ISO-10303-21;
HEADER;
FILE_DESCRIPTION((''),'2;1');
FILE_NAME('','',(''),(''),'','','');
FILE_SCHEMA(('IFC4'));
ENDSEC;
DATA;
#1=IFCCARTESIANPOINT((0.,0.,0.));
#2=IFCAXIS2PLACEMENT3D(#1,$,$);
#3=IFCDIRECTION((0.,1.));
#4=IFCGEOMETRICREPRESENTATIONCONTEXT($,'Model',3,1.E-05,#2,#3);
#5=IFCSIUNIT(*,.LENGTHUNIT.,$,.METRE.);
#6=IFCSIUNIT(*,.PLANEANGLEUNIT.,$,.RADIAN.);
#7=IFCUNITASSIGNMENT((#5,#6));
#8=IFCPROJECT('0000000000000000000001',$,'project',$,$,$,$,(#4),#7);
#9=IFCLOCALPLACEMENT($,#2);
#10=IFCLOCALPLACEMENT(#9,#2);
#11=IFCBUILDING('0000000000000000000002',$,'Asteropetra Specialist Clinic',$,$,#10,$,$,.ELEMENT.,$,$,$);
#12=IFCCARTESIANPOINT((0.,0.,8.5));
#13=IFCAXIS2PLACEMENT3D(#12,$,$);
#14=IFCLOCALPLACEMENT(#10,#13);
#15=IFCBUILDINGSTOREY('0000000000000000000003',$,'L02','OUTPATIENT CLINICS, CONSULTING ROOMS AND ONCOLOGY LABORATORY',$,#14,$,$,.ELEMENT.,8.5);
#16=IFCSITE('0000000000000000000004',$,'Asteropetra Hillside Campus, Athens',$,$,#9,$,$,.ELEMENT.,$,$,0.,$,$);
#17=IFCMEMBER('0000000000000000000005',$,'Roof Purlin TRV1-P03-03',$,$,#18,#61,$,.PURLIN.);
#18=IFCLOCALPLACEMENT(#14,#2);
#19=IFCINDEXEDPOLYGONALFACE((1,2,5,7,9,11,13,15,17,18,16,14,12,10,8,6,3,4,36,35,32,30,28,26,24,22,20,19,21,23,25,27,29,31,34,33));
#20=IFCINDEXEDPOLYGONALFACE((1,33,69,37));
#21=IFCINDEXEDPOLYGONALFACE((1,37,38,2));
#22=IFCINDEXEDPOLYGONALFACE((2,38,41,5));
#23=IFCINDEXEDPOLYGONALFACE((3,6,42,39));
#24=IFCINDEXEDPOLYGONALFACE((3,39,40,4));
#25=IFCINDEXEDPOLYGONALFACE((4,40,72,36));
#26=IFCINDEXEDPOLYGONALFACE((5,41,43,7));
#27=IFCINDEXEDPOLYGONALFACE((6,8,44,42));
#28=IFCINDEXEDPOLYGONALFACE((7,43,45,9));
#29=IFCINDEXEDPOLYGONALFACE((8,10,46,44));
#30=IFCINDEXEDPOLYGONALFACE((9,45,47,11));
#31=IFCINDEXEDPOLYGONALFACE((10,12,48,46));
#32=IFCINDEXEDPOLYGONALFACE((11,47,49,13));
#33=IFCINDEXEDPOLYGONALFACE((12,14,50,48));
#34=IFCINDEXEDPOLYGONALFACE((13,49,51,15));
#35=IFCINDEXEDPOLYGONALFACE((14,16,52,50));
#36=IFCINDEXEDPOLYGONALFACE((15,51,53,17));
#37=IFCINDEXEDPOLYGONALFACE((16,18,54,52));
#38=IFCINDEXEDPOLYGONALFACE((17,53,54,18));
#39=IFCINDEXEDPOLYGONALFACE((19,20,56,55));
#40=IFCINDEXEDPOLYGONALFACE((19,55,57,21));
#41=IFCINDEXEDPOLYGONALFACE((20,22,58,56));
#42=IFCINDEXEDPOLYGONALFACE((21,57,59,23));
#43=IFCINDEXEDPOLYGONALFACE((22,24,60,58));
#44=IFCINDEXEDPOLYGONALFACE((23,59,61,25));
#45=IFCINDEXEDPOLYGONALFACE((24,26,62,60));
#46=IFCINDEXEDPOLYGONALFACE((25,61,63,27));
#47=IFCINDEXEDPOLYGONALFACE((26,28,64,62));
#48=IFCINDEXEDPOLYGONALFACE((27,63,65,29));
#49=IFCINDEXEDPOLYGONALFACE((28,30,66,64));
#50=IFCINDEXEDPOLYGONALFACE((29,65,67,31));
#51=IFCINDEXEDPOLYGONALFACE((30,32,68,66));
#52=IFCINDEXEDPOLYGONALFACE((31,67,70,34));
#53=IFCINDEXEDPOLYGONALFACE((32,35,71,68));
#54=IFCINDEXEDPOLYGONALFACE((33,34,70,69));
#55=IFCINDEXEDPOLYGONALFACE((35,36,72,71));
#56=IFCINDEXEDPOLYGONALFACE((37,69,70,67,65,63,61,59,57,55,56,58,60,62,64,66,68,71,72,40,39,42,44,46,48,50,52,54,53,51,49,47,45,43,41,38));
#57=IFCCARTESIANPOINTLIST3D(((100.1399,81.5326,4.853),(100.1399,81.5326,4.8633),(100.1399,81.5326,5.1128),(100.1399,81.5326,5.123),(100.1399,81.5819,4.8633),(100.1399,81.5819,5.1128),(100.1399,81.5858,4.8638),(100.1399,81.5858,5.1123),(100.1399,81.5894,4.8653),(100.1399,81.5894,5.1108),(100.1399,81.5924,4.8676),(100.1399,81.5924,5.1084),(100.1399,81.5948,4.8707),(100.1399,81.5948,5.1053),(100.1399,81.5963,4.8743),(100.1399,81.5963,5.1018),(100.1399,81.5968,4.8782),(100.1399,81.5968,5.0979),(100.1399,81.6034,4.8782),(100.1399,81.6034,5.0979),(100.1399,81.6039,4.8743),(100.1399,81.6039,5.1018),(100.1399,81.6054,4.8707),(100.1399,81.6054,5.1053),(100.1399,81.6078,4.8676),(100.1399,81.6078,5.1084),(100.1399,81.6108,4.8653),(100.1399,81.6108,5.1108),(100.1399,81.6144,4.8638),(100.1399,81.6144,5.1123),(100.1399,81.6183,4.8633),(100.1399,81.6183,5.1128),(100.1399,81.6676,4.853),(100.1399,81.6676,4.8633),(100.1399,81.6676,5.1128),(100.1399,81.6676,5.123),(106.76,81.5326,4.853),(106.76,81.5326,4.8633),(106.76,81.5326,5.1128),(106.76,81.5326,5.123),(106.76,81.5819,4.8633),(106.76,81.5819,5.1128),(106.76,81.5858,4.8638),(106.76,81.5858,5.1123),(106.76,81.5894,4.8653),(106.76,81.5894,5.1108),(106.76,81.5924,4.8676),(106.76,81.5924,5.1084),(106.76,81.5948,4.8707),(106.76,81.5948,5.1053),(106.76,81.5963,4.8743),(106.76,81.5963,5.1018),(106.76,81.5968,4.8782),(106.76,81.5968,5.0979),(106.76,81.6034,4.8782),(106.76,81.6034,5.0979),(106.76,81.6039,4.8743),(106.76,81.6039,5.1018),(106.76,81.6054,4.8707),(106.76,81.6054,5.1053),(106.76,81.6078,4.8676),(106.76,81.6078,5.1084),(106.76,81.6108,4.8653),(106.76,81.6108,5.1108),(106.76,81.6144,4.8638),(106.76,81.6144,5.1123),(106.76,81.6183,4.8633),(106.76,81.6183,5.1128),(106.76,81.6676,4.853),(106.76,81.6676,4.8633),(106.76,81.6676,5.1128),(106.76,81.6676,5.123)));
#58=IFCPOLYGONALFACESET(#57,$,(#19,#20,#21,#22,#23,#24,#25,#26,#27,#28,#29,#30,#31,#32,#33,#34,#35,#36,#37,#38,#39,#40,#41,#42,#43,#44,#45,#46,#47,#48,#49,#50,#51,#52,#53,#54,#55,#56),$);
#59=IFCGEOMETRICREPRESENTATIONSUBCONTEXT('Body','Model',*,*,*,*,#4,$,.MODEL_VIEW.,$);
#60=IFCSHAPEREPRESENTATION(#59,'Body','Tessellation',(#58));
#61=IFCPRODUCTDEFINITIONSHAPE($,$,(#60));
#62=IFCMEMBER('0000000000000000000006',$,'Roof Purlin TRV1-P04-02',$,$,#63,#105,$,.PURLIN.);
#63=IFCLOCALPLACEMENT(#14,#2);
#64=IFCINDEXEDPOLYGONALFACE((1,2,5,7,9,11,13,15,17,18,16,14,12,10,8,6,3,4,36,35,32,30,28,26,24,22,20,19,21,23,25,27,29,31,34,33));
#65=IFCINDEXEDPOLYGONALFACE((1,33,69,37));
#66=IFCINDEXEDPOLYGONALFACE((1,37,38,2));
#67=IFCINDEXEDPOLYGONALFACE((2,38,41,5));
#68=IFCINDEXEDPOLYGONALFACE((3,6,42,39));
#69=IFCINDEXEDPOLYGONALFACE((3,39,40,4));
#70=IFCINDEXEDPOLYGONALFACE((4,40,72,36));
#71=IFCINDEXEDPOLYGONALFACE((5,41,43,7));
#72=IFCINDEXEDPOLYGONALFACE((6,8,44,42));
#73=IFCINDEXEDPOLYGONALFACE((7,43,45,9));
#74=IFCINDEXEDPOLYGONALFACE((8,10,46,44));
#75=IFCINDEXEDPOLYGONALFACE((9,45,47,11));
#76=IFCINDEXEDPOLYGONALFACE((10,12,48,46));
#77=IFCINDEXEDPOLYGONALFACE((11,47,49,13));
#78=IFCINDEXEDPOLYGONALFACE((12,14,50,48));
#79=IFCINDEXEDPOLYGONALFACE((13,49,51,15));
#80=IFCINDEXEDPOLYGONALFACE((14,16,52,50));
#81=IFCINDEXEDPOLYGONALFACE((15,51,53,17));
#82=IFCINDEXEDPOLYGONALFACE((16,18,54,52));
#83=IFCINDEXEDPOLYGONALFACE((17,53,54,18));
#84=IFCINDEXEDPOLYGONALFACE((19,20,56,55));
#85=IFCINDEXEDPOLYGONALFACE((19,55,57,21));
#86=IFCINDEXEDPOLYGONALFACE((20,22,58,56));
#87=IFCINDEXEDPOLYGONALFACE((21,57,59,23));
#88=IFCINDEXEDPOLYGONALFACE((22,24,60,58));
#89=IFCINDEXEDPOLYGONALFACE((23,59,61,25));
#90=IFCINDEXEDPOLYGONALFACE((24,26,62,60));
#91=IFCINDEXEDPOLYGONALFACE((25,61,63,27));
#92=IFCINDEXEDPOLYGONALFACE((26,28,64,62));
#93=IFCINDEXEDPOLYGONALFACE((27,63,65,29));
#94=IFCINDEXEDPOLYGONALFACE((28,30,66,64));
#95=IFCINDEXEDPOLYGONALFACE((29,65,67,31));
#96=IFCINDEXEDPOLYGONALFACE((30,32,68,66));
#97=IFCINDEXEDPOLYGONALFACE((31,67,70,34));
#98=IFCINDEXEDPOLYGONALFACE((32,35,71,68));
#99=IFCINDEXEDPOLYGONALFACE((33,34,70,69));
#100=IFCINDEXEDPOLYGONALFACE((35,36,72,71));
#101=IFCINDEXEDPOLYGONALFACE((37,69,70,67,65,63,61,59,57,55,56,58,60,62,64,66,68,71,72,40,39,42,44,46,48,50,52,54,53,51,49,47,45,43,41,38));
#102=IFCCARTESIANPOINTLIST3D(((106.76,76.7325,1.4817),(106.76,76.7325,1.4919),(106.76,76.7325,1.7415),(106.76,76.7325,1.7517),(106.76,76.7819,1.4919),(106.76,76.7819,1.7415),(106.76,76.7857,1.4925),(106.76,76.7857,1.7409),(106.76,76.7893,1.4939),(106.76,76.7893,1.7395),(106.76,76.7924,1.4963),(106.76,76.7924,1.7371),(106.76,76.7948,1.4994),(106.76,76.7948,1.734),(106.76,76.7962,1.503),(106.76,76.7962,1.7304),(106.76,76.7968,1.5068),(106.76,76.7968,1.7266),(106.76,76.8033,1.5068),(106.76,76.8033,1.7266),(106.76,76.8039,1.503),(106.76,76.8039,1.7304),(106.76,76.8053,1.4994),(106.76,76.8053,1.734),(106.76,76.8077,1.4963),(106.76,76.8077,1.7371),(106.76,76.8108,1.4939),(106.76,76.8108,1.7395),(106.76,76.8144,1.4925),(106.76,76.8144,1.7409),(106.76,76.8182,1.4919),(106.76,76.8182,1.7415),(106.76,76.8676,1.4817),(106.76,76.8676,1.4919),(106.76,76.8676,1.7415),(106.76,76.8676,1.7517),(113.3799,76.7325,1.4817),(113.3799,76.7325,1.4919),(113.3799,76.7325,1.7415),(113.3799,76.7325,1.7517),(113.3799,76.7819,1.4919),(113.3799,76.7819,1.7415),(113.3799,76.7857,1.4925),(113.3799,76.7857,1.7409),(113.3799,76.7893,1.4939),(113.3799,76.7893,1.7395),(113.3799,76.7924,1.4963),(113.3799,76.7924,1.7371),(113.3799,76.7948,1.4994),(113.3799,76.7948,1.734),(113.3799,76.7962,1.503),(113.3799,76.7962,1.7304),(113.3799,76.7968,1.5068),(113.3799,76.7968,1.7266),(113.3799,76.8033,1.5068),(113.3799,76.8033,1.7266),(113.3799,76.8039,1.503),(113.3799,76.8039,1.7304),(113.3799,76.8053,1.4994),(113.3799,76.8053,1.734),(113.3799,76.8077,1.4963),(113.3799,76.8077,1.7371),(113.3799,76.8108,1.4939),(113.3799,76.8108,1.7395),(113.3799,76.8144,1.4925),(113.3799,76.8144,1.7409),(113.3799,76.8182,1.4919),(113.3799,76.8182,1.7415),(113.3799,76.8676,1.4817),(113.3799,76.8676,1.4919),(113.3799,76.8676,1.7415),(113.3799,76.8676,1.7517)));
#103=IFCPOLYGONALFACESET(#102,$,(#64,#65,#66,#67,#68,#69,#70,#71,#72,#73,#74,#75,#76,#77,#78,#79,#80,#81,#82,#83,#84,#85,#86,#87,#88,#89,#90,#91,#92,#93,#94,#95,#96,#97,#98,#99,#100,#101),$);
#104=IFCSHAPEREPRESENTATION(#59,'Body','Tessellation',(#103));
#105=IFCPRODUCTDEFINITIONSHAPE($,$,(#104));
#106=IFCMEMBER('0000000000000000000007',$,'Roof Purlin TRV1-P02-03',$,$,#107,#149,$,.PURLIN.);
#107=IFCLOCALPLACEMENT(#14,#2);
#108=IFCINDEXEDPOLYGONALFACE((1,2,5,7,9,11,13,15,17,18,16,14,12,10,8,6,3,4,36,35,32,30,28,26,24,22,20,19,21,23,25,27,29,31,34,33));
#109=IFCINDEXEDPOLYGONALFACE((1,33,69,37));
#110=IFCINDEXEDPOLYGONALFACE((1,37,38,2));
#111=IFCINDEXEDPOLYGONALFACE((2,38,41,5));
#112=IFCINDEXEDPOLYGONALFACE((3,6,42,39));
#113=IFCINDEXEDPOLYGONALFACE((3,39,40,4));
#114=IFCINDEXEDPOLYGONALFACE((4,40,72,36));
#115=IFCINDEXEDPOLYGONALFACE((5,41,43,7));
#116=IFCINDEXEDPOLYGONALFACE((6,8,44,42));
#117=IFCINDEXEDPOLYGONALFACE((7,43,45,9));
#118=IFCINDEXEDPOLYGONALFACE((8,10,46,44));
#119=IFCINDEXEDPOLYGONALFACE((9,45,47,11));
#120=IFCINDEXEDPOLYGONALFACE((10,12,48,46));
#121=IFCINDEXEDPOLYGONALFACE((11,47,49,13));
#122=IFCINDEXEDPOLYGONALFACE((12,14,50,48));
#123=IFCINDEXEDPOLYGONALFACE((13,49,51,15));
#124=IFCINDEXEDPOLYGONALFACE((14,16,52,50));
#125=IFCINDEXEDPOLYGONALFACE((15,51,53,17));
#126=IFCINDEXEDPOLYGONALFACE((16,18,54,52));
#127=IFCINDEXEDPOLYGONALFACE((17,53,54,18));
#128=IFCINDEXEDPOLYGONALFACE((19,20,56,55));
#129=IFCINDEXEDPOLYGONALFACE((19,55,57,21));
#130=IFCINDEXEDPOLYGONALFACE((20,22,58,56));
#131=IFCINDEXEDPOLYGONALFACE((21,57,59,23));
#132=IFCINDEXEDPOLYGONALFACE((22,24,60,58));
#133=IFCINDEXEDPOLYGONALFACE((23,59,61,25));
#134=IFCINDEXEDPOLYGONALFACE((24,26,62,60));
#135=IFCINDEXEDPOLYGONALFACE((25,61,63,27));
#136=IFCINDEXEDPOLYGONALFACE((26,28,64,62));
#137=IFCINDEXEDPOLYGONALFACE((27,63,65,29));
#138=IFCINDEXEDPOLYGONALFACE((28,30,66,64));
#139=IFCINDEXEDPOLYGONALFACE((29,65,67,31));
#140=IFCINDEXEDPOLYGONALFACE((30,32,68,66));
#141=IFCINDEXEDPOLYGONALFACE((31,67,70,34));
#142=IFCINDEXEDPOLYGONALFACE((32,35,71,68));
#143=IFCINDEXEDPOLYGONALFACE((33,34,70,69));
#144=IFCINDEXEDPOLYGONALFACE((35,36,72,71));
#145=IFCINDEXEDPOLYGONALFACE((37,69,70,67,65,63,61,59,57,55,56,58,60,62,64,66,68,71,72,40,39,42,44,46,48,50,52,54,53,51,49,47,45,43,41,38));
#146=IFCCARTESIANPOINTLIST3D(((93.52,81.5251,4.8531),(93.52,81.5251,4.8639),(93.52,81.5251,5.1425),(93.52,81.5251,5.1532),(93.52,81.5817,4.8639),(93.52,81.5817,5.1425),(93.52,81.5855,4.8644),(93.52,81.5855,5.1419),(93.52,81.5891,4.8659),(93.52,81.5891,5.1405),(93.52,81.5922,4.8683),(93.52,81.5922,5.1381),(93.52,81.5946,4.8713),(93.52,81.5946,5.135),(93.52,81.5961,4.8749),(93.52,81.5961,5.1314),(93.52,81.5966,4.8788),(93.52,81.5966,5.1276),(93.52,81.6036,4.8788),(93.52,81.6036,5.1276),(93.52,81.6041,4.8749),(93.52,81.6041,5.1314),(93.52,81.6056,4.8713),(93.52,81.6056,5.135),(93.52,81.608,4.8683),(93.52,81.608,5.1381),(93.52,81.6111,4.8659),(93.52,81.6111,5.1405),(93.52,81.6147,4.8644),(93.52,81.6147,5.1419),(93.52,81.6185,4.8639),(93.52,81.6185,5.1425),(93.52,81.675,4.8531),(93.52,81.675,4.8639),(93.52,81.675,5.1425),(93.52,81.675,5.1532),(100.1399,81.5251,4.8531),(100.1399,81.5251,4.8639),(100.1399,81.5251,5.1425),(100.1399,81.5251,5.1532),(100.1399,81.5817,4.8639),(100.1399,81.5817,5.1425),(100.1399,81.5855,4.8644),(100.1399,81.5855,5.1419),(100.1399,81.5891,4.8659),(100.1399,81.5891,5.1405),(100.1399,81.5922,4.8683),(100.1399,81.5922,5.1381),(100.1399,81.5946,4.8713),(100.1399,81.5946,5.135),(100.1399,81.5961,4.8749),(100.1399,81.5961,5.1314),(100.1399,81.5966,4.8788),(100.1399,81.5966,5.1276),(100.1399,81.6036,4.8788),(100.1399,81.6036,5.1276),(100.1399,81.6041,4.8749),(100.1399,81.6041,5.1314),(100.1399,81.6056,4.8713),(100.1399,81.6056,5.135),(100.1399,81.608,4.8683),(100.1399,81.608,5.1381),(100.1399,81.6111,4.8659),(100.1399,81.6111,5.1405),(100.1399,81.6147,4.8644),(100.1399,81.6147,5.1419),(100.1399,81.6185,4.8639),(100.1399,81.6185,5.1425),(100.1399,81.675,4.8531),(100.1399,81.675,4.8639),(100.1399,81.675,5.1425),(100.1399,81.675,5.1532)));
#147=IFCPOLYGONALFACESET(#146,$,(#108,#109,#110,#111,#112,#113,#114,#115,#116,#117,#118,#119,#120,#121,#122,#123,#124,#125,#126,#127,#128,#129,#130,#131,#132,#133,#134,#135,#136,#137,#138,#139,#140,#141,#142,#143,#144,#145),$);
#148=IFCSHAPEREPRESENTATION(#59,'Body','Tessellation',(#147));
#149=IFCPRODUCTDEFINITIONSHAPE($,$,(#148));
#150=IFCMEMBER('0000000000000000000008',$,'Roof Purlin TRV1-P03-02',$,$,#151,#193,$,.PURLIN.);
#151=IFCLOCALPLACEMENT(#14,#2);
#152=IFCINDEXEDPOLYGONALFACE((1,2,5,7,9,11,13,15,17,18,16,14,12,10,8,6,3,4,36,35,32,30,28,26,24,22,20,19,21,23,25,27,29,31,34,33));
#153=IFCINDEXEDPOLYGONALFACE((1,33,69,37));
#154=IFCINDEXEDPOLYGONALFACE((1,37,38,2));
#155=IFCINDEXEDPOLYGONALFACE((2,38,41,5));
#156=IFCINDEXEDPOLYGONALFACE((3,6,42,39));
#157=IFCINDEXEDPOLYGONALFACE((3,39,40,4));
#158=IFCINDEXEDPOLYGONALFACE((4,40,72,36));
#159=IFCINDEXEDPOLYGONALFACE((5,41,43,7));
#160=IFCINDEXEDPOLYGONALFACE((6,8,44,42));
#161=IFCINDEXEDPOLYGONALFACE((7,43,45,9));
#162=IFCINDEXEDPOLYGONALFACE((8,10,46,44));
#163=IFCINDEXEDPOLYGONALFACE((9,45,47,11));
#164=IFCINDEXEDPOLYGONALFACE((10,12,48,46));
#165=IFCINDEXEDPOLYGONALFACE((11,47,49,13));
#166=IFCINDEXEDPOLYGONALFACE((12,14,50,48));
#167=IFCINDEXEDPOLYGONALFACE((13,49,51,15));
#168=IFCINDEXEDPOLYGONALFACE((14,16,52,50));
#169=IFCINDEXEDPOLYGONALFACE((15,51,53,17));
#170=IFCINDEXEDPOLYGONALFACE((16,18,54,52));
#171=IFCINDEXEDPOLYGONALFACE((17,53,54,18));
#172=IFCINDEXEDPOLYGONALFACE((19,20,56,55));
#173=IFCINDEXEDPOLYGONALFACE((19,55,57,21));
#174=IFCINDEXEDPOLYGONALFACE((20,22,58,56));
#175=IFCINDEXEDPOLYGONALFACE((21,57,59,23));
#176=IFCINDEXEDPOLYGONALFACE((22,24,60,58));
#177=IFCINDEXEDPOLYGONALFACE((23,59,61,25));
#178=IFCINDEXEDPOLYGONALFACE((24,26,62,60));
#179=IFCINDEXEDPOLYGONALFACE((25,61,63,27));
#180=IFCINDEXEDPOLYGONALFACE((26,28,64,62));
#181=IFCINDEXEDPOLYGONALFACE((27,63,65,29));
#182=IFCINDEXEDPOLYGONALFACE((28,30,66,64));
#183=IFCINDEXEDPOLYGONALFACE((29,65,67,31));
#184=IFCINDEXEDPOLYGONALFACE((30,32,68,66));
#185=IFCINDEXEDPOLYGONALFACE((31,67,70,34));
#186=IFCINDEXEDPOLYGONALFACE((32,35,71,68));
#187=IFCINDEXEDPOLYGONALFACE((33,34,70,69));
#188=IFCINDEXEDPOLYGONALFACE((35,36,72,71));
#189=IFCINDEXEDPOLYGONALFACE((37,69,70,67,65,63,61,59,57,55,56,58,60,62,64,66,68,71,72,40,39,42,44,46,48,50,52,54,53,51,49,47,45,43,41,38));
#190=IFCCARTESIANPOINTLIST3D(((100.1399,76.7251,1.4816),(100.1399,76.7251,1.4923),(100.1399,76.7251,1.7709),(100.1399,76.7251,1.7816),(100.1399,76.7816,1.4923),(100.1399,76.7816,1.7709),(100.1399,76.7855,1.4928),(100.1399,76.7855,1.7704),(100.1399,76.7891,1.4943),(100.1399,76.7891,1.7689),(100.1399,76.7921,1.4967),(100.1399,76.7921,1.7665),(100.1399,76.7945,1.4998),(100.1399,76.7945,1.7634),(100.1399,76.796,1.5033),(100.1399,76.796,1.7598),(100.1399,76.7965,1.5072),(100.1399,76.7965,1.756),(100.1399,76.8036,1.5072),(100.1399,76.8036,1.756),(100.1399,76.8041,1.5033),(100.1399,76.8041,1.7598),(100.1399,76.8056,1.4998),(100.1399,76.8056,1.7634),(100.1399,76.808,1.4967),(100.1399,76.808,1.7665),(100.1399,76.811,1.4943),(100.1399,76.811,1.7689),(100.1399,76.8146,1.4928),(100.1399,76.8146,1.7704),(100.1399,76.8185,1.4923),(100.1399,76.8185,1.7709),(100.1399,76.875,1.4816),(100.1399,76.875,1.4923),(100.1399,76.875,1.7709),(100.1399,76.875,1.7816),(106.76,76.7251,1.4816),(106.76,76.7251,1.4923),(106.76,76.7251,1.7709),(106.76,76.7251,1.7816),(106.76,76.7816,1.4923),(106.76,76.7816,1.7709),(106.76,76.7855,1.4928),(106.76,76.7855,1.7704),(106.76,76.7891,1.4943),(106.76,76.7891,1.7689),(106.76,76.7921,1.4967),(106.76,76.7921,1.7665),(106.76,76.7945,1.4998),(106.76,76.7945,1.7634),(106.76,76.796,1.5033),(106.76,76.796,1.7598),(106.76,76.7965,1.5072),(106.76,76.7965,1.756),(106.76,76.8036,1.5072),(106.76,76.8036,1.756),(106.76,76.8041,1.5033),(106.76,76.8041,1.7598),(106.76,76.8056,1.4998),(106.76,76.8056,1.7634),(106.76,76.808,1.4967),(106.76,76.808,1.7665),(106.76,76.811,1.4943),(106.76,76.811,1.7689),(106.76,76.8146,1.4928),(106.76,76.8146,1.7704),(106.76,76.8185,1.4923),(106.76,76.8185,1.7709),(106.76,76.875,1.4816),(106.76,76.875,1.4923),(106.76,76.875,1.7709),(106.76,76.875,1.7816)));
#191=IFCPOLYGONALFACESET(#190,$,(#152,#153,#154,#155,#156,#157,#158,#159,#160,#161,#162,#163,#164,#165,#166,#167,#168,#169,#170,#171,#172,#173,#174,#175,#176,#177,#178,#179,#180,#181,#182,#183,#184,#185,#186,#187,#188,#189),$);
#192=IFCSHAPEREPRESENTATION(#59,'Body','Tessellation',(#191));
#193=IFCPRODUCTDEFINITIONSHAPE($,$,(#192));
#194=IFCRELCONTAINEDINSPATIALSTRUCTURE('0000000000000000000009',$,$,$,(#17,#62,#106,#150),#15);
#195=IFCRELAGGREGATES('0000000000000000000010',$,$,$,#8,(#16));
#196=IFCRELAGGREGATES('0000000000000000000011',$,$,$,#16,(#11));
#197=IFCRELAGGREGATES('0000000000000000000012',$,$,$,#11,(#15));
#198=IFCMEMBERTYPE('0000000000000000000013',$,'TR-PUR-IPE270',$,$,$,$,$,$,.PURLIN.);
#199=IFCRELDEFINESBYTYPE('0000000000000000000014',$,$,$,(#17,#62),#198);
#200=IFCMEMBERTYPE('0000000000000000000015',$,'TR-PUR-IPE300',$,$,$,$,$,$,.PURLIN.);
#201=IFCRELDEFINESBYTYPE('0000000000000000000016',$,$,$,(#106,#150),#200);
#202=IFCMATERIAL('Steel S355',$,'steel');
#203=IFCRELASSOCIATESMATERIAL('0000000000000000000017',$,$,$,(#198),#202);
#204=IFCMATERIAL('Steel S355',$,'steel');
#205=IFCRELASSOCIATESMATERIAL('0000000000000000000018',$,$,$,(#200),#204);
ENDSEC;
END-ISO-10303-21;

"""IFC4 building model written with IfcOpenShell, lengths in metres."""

from ifc_helpers import new_model, si_unit, direction, frame, origin, origin_2d, place, context, subcontext, project, spatial, i_section, extrude, material, material_profile, profile_set, type_object, element, save


model = new_model("IFC4")

# Units and contexts
model_context = context("Model", 3, precision=1e-05, world=origin(), true_north=direction((0.0, 1.0)))
body_context = subcontext(model_context, "Body", "Model", "MODEL_VIEW")
ifc_project = project(units=[si_unit("LENGTHUNIT", "METRE"), si_unit("PLANEANGLEUNIT", "RADIAN")], contexts=[model_context])

# Site, building, storey
site_placement = place(None, origin())
site = spatial("IfcSite", under=ifc_project, at=site_placement, Name="Asteropetra Hillside Campus, Athens", CompositionType="ELEMENT", RefElevation=0.0)
building_placement = place(site_placement, origin())
building = spatial("IfcBuilding", under=site, at=building_placement, Name="Asteropetra Specialist Clinic", CompositionType="ELEMENT")
storey_placement = place(building_placement, frame((0.0, 0.0, 8.5)))
storey = spatial("IfcBuildingStorey", under=building, at=storey_placement, Name="L02", Description="OUTPATIENT CLINICS, CONSULTING ROOMS AND ONCOLOGY LABORATORY", CompositionType="ELEMENT", Elevation=8.5)

# Members
ifc_material_1 = material(Name="Steel S355", Category="steel")
ifc_material_profile_1 = material_profile(ifc_material_1, i_section(OverallWidth=0.135, OverallDepth=0.27, WebThickness=0.0066, FlangeThickness=0.0103, FilletRadius=0.0149, at=origin_2d()), Name="IPE 270")
ifc_profile_set_1 = profile_set([ifc_material_profile_1], Name="Steel S355")
member_type_1 = type_object("IfcMemberType", Name="TR-PUR-IPE270", PredefinedType="PURLIN", material=ifc_profile_set_1)
member_1_placement = place(storey_placement, frame((100.1399, 81.6001, 4.988), z_axis=(1.0, 0.0, 0.0), x_axis=(0.0, 1.0, 0.0)))
element("IfcMember", 1, at=member_1_placement, inside=storey, type_object=member_type_1, Name="Roof Purlin TRV1-P03-03", PredefinedType="PURLIN", context=body_context, shape_type="SweptSolid", body=[
    extrude(i_section(OverallWidth=0.135, OverallDepth=0.27, WebThickness=0.0066, FlangeThickness=0.0103, FilletRadius=0.0149, at=origin_2d()), origin(), (0.0, 0.0, 1.0), 6.6201),
])
member_2_placement = place(storey_placement, frame((106.76, 76.8, 1.6167), z_axis=(1.0, 0.0, 0.0), x_axis=(0.0, 1.0, 0.0)))
element("IfcMember", 2, at=member_2_placement, inside=storey, type_object=member_type_1, Name="Roof Purlin TRV1-P04-02", PredefinedType="PURLIN", context=body_context, shape_type="SweptSolid", body=[
    extrude(i_section(OverallWidth=0.135, OverallDepth=0.27, WebThickness=0.0066, FlangeThickness=0.0103, FilletRadius=0.0149, at=origin_2d()), origin(), (0.0, 0.0, 1.0), 6.6199),
])
ifc_material_2 = material(Name="Steel S355", Category="steel")
ifc_material_profile_2 = material_profile(ifc_material_2, i_section(OverallWidth=0.1499, OverallDepth=0.3, WebThickness=0.0071, FlangeThickness=0.0107, FilletRadius=0.0149, at=origin_2d()), Name="IPE 300")
ifc_profile_set_2 = profile_set([ifc_material_profile_2], Name="Steel S355")
member_type_2 = type_object("IfcMemberType", Name="TR-PUR-IPE300", PredefinedType="PURLIN", material=ifc_profile_set_2)
member_3_placement = place(storey_placement, frame((93.52, 81.6001, 5.0032), z_axis=(1.0, 0.0, 0.0), x_axis=(0.0, 1.0, 0.0)))
element("IfcMember", 3, at=member_3_placement, inside=storey, type_object=member_type_2, Name="Roof Purlin TRV1-P02-03", PredefinedType="PURLIN", context=body_context, shape_type="SweptSolid", body=[
    extrude(i_section(OverallWidth=0.1499, OverallDepth=0.3, WebThickness=0.0071, FlangeThickness=0.0107, FilletRadius=0.0149, at=origin_2d()), origin(), (0.0, 0.0, 1.0), 6.6199),
])
member_4_placement = place(storey_placement, frame((100.1399, 76.8, 1.6316), z_axis=(1.0, 0.0, 0.0), x_axis=(0.0, 1.0, 0.0)))
element("IfcMember", 4, at=member_4_placement, inside=storey, type_object=member_type_2, Name="Roof Purlin TRV1-P03-02", PredefinedType="PURLIN", context=body_context, shape_type="SweptSolid", body=[
    extrude(i_section(OverallWidth=0.1499, OverallDepth=0.3, WebThickness=0.0071, FlangeThickness=0.0107, FilletRadius=0.0149, at=origin_2d()), origin(), (0.0, 0.0, 1.0), 6.6201),
])

save(model, "model.ifc")
